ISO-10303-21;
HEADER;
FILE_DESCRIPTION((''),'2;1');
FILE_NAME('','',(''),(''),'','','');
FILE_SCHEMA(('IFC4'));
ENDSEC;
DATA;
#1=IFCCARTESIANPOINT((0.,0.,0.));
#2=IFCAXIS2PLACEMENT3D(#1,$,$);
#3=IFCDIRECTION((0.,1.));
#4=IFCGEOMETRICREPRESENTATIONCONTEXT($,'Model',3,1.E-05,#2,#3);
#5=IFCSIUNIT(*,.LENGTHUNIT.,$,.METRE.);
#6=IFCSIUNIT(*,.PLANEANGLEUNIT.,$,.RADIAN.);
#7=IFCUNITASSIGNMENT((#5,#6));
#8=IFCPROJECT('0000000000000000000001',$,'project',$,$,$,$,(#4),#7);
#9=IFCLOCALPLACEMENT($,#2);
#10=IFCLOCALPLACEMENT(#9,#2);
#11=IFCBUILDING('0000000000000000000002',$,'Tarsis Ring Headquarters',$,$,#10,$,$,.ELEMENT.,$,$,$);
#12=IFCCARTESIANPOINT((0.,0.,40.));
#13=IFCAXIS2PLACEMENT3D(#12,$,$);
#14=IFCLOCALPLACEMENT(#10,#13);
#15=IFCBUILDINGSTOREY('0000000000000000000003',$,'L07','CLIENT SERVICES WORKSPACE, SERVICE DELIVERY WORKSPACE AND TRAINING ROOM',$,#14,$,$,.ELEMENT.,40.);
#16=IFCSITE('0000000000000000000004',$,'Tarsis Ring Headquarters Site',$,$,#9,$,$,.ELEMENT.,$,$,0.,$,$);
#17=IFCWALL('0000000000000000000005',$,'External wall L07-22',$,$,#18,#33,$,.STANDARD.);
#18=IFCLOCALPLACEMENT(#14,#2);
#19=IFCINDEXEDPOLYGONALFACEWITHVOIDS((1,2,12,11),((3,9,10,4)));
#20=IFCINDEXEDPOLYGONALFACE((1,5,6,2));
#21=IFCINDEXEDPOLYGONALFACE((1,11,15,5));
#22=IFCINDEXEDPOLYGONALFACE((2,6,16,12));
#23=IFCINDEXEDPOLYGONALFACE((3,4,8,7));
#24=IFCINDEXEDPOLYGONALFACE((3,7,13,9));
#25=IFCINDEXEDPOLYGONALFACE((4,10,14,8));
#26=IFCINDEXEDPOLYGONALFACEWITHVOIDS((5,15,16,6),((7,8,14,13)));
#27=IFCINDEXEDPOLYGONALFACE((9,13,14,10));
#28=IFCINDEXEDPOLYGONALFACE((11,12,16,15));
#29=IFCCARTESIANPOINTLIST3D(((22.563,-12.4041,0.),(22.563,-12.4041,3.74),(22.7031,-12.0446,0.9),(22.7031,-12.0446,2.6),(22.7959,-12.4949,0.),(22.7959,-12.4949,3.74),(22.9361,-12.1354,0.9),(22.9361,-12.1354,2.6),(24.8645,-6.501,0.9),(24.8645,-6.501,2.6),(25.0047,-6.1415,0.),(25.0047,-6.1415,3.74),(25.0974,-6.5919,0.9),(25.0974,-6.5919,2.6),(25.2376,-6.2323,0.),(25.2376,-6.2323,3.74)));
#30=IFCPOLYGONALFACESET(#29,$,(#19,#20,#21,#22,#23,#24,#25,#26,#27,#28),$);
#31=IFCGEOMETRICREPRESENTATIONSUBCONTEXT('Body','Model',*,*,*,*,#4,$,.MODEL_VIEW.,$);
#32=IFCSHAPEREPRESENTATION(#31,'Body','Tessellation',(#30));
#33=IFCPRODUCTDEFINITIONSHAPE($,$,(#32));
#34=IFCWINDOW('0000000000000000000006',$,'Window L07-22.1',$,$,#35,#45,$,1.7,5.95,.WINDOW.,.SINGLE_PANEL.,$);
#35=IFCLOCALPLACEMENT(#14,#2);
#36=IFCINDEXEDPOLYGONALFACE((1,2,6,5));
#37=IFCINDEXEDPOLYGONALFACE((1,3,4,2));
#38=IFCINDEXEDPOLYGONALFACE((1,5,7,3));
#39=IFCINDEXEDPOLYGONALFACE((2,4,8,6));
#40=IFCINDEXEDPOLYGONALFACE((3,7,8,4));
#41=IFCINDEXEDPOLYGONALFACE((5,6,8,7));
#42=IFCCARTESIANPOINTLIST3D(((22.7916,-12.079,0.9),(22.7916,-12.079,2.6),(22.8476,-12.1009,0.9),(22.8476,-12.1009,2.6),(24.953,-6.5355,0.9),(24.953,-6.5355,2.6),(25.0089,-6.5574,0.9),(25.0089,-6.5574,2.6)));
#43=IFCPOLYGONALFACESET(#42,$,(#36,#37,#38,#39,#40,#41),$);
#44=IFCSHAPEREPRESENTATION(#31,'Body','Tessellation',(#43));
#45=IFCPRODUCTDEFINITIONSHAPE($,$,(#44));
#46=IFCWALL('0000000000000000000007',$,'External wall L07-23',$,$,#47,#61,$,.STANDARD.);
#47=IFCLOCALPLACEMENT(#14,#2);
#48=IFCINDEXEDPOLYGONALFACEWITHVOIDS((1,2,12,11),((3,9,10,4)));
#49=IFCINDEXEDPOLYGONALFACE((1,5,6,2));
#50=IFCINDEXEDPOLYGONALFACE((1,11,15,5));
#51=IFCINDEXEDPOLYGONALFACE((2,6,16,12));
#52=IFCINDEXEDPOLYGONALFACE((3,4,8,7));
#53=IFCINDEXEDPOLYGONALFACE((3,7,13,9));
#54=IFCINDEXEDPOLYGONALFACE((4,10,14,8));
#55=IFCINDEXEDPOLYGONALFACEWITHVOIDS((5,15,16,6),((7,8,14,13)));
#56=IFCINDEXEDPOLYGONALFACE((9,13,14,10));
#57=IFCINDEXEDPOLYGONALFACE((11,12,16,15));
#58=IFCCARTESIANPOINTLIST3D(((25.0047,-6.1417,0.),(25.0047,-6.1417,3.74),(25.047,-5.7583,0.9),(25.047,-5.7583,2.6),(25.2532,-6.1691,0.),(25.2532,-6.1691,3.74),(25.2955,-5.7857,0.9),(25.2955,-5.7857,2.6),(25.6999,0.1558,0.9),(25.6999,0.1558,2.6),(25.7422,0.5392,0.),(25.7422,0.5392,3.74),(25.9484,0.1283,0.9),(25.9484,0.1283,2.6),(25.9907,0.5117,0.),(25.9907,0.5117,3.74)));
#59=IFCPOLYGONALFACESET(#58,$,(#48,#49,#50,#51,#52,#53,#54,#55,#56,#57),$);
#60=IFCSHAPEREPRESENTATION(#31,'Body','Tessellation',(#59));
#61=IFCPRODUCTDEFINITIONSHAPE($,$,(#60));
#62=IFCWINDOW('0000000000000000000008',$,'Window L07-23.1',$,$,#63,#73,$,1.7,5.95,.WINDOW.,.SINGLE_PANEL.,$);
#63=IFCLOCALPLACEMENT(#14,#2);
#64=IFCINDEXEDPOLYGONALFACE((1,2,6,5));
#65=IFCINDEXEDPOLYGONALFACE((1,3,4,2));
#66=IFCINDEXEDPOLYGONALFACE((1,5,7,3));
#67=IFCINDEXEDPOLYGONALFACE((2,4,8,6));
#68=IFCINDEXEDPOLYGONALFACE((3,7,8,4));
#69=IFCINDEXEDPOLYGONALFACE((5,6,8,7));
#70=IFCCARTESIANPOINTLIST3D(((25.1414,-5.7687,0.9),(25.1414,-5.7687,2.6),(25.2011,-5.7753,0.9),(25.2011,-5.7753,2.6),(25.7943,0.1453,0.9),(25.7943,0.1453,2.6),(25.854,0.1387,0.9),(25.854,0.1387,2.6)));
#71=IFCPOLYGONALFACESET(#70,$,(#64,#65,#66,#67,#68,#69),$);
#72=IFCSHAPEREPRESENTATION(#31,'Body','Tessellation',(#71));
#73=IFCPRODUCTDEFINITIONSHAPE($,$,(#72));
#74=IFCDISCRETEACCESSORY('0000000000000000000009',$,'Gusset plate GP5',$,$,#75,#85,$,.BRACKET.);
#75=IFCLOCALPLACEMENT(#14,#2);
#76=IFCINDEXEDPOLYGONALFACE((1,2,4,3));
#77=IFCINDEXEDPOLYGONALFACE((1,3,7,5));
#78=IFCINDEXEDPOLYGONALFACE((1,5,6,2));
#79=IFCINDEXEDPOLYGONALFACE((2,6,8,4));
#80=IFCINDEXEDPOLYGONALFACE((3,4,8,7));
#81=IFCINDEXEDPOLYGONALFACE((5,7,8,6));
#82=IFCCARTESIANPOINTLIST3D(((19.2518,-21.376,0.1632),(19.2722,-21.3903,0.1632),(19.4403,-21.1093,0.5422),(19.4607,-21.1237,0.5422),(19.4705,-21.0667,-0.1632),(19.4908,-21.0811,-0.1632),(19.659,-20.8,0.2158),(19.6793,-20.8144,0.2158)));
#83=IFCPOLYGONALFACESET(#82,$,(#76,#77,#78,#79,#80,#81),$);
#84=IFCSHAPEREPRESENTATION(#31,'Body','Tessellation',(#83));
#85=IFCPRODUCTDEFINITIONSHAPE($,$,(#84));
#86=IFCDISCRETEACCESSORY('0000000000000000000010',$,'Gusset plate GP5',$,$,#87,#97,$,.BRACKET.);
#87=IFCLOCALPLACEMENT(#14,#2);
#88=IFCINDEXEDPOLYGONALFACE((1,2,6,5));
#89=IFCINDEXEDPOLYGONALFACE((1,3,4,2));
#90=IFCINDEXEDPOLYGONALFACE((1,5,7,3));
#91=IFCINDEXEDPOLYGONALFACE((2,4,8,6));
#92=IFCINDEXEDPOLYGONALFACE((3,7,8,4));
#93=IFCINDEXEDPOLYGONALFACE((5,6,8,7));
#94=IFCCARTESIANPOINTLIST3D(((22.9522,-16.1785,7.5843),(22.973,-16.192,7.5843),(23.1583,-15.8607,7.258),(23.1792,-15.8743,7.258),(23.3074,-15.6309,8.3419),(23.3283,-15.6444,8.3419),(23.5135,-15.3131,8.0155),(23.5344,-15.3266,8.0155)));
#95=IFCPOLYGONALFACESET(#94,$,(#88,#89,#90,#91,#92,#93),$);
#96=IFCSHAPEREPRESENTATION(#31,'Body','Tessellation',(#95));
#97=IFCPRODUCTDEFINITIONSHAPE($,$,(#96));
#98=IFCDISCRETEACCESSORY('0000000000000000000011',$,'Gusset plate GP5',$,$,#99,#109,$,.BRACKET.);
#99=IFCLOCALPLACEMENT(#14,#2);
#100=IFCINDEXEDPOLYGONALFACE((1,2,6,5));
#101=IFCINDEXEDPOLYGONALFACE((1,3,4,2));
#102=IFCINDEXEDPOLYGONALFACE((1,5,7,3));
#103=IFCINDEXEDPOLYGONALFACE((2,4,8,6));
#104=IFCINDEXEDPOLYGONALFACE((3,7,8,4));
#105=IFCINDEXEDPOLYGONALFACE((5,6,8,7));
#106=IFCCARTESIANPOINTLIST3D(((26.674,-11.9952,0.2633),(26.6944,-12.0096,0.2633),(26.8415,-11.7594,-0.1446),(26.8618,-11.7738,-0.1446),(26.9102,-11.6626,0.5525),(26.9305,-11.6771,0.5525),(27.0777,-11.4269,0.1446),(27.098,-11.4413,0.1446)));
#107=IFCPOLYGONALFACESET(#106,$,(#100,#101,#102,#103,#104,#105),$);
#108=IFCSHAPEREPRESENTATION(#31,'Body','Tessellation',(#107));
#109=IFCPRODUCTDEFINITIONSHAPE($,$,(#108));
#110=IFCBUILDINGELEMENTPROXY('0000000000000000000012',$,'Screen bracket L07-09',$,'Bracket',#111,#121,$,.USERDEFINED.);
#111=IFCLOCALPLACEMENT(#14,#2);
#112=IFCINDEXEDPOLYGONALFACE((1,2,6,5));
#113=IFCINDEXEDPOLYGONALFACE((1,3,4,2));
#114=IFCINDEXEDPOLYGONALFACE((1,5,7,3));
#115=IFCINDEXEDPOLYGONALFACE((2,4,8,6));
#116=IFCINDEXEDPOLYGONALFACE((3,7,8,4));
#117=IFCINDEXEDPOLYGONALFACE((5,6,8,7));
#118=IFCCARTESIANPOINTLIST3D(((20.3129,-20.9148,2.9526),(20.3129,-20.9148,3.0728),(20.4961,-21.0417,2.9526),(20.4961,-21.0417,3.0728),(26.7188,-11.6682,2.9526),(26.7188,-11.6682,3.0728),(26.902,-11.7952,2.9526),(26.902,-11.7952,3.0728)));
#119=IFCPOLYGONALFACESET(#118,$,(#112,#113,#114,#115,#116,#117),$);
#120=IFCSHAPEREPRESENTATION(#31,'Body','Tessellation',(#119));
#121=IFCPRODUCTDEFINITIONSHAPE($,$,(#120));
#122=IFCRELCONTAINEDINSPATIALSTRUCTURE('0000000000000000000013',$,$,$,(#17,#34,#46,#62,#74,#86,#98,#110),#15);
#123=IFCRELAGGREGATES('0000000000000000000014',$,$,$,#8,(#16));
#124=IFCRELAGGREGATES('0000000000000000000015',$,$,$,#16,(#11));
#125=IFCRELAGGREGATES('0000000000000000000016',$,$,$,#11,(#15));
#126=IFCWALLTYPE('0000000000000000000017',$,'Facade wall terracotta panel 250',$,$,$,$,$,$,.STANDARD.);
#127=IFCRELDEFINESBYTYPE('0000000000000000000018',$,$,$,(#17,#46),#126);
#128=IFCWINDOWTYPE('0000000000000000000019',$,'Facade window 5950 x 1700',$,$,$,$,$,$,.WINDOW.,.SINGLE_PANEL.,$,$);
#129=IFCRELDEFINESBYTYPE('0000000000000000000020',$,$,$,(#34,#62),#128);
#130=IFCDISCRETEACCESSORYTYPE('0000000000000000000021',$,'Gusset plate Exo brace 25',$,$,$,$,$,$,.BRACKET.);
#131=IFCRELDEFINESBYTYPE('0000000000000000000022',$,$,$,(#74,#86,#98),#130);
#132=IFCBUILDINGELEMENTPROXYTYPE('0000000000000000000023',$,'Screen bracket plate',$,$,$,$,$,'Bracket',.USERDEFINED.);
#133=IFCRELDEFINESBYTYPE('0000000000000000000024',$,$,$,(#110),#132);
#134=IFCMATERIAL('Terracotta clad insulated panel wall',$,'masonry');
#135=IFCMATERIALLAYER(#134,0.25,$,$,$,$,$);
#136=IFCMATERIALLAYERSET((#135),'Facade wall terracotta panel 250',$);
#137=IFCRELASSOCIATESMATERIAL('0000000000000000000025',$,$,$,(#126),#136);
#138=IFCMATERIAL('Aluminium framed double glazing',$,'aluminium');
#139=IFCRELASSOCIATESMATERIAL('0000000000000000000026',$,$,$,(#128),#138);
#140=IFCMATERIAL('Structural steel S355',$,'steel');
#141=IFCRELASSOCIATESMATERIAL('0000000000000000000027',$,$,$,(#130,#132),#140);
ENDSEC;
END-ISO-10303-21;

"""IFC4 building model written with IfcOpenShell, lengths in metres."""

from ifc_helpers import new_model, si_unit, direction, frame, frame_2d, origin, origin_2d, place, context, subcontext, project, spatial, rectangle, extrude, material, layer, layer_set, material_profile, profile_set, type_object, element, fill, save


model = new_model("IFC4")

# Units and contexts
model_context = context("Model", 3, precision=1e-05, world=origin(), true_north=direction((0.0, 1.0)))
body_context = subcontext(model_context, "Body", "Model", "MODEL_VIEW")
ifc_project = project(units=[si_unit("LENGTHUNIT", "METRE"), si_unit("PLANEANGLEUNIT", "RADIAN")], contexts=[model_context])

# Site, building, storey
site_placement = place(None, origin())
site = spatial("IfcSite", under=ifc_project, at=site_placement, Name="Tarsis Ring Headquarters Site", CompositionType="ELEMENT", RefElevation=0.0)
building_placement = place(site_placement, origin())
building = spatial("IfcBuilding", under=site, at=building_placement, Name="Tarsis Ring Headquarters", CompositionType="ELEMENT")
storey_placement = place(building_placement, frame((0.0, 0.0, 40.0)))
storey = spatial("IfcBuildingStorey", under=building, at=storey_placement, Name="L07", Description="CLIENT SERVICES WORKSPACE, SERVICE DELIVERY WORKSPACE AND TRAINING ROOM", CompositionType="ELEMENT", Elevation=40.0)

# Shared definitions
ifc_material_1 = material(Name="Structural steel S355", Category="steel")

# Walls, openings, windows
ifc_material_2 = material(Name="Terracotta clad insulated panel wall", Category="masonry")
ifc_layer_1 = layer(ifc_material_2, 0.25)
ifc_layer_set_1 = layer_set([ifc_layer_1], Name="Facade wall terracotta panel 250")
wall_type_1 = type_object("IfcWallType", Name="Facade wall terracotta panel 250", PredefinedType="STANDARD", material=ifc_layer_set_1)
ifc_material_3 = material(Name="Aluminium framed double glazing", Category="aluminium")
window_type = type_object("IfcWindowType", Name="Facade window 5950 x 1700", PartitioningType="SINGLE_PANEL", PredefinedType="WINDOW", material=ifc_material_3)
wall_1_placement = place(storey_placement, frame((22.6794, -12.4495, 0.0), z_axis=(0.0, 0.0, 1.0), x_axis=(0.363254, 0.93169, 0.0)))
wall_1 = element("IfcWall", 1, at=wall_1_placement, inside=storey, type_object=wall_type_1, Name="External wall L07-22", PredefinedType="STANDARD", context=body_context, shape_type="SweptSolid", body=[
    extrude(rectangle(XDim=6.7217, YDim=0.25, at=frame_2d((3.3608, 0.0))), origin(), (0.0, 0.0, 1.0), 3.74),
])
opening_1_placement = place(wall_1_placement, frame((0.3857, 0.0, 0.8999)))
opening_1 = element("IfcOpeningElement", 2, at=opening_1_placement, cuts=wall_1, PredefinedType="OPENING", context=body_context, shape_type="SweptSolid", body=[
    extrude(rectangle(XDim=5.95, YDim=1.7, at=frame_2d((2.9751, 0.8501))), frame((0.0, 0.135, 0.0), z_axis=(0.0, -1.0, 0.0), x_axis=(1.0, 0.0, 0.0)), (0.0, 0.0, 1.0), 0.27),
])
window_1_placement = place(opening_1_placement, origin())
window_1 = element("IfcWindow", 3, at=window_1_placement, inside=storey, type_object=window_type, Name="Window L07-22.1", OverallHeight=1.7, OverallWidth=5.95, PartitioningType="SINGLE_PANEL", PredefinedType="WINDOW", context=body_context, shape_type="SweptSolid", body=[
    extrude(rectangle(XDim=5.95, YDim=1.7, at=frame_2d((2.9751, 0.8501))), frame((0.0, 0.03, 0.0), z_axis=(0.0, -1.0, 0.0), x_axis=(1.0, 0.0, 0.0)), (0.0, 0.0, 1.0), 0.0601),
])
fill(opening_1, window_1)
wall_2_placement = place(storey_placement, frame((25.1289, -6.1555, 0.0), z_axis=(0.0, 0.0, 1.0), x_axis=(0.10973, 0.993961, 0.0)))
wall_2 = element("IfcWall", 4, at=wall_2_placement, inside=storey, type_object=wall_type_1, Name="External wall L07-23", PredefinedType="STANDARD", context=body_context, shape_type="SweptSolid", body=[
    extrude(rectangle(XDim=6.7214, YDim=0.25, at=frame_2d((3.3608, 0.0))), origin(), (0.0, 0.0, 1.0), 3.74),
])
opening_2_placement = place(wall_2_placement, frame((0.3857, 0.0, 0.8999)))
opening_2 = element("IfcOpeningElement", 5, at=opening_2_placement, cuts=wall_2, PredefinedType="OPENING", context=body_context, shape_type="SweptSolid", body=[
    extrude(rectangle(XDim=5.95, YDim=1.7, at=frame_2d((2.9751, 0.8501))), frame((0.0, 0.135, 0.0), z_axis=(0.0, -1.0, 0.0), x_axis=(1.0, 0.0, 0.0)), (0.0, 0.0, 1.0), 0.27),
])
window_2_placement = place(opening_2_placement, origin())
window_2 = element("IfcWindow", 6, at=window_2_placement, inside=storey, type_object=window_type, Name="Window L07-23.1", OverallHeight=1.7, OverallWidth=5.95, PartitioningType="SINGLE_PANEL", PredefinedType="WINDOW", context=body_context, shape_type="SweptSolid", body=[
    extrude(rectangle(XDim=5.95, YDim=1.7, at=frame_2d((2.9751, 0.8501))), frame((0.0, 0.03, 0.0), z_axis=(0.0, -1.0, 0.0), x_axis=(1.0, 0.0, 0.0)), (0.0, 0.0, 1.0), 0.0601),
])
fill(opening_2, window_2)

# Discrete accessories
ifc_material_profile_1 = material_profile(ifc_material_1, rectangle(XDim=0.0249, YDim=0.5, at=origin_2d()), Name="PL 25x500")
ifc_profile_set_1 = profile_set([ifc_material_profile_1], Name="Structural steel S355")
discrete_accessory_type = type_object("IfcDiscreteAccessoryType", Name="Gusset plate Exo brace 25", PredefinedType="BRACKET", material=ifc_profile_set_1)
discrete_accessory_1_placement = place(storey_placement, frame((19.3713, -21.2285, 0.0), z_axis=(0.376825, 0.533022, 0.757555), x_axis=(-0.816553, 0.57727, 0.0)))
element("IfcDiscreteAccessory", 7, at=discrete_accessory_1_placement, inside=storey, type_object=discrete_accessory_type, Name="Gusset plate GP5", PredefinedType="BRACKET", context=body_context, shape_type="SweptSolid", body=[
    extrude(rectangle(XDim=0.0249, YDim=0.5, at=origin_2d()), origin(), (0.0, 0.0, 1.0), 0.5002),
])
discrete_accessory_2_placement = place(storey_placement, frame((23.0657, -16.0264, 7.4211), z_axis=(0.35523, 0.547616, 0.75758), x_axis=(-0.838947, 0.544212, 0.0)))
element("IfcDiscreteAccessory", 8, at=discrete_accessory_2_placement, inside=storey, type_object=discrete_accessory_type, Name="Gusset plate GP5", PredefinedType="BRACKET", context=body_context, shape_type="SweptSolid", body=[
    extrude(rectangle(XDim=0.0249, YDim=0.5, at=origin_2d()), origin(), (0.0, 0.0, 1.0), 1.0),
])
discrete_accessory_3_placement = place(storey_placement, frame((26.9697, -11.6003, 0.0), z_axis=(-0.334894, -0.471585, 0.815754), x_axis=(0.815327, -0.579, 0.0)))
element("IfcDiscreteAccessory", 9, at=discrete_accessory_3_placement, inside=storey, type_object=discrete_accessory_type, Name="Gusset plate GP5", PredefinedType="BRACKET", context=body_context, shape_type="SweptSolid", body=[
    extrude(rectangle(XDim=0.0249, YDim=0.5, at=origin_2d()), origin(), (0.0, 0.0, 1.0), 0.5),
])

# Building element proxy
building_element_proxy_type = type_object("IfcBuildingElementProxyType", Name="Screen bracket plate", ElementType="Bracket", PredefinedType="USERDEFINED", material=ifc_material_1)
proxy_placement = place(storey_placement, frame((23.6074, -16.355, 2.9526), z_axis=(0.0, 0.0, 1.0), x_axis=(0.569477, 0.822007, 0.0)))
element("IfcBuildingElementProxy", 10, at=proxy_placement, inside=storey, type_object=building_element_proxy_type, Name="Screen bracket L07-09", ObjectType="Bracket", PredefinedType="USERDEFINED", context=body_context, shape_type="SweptSolid", body=[
    extrude(rectangle(XDim=11.2488, YDim=0.2229, at=origin_2d()), origin(), (0.0, 0.0, 1.0), 0.1201),
])

save(model, "model.ifc")
